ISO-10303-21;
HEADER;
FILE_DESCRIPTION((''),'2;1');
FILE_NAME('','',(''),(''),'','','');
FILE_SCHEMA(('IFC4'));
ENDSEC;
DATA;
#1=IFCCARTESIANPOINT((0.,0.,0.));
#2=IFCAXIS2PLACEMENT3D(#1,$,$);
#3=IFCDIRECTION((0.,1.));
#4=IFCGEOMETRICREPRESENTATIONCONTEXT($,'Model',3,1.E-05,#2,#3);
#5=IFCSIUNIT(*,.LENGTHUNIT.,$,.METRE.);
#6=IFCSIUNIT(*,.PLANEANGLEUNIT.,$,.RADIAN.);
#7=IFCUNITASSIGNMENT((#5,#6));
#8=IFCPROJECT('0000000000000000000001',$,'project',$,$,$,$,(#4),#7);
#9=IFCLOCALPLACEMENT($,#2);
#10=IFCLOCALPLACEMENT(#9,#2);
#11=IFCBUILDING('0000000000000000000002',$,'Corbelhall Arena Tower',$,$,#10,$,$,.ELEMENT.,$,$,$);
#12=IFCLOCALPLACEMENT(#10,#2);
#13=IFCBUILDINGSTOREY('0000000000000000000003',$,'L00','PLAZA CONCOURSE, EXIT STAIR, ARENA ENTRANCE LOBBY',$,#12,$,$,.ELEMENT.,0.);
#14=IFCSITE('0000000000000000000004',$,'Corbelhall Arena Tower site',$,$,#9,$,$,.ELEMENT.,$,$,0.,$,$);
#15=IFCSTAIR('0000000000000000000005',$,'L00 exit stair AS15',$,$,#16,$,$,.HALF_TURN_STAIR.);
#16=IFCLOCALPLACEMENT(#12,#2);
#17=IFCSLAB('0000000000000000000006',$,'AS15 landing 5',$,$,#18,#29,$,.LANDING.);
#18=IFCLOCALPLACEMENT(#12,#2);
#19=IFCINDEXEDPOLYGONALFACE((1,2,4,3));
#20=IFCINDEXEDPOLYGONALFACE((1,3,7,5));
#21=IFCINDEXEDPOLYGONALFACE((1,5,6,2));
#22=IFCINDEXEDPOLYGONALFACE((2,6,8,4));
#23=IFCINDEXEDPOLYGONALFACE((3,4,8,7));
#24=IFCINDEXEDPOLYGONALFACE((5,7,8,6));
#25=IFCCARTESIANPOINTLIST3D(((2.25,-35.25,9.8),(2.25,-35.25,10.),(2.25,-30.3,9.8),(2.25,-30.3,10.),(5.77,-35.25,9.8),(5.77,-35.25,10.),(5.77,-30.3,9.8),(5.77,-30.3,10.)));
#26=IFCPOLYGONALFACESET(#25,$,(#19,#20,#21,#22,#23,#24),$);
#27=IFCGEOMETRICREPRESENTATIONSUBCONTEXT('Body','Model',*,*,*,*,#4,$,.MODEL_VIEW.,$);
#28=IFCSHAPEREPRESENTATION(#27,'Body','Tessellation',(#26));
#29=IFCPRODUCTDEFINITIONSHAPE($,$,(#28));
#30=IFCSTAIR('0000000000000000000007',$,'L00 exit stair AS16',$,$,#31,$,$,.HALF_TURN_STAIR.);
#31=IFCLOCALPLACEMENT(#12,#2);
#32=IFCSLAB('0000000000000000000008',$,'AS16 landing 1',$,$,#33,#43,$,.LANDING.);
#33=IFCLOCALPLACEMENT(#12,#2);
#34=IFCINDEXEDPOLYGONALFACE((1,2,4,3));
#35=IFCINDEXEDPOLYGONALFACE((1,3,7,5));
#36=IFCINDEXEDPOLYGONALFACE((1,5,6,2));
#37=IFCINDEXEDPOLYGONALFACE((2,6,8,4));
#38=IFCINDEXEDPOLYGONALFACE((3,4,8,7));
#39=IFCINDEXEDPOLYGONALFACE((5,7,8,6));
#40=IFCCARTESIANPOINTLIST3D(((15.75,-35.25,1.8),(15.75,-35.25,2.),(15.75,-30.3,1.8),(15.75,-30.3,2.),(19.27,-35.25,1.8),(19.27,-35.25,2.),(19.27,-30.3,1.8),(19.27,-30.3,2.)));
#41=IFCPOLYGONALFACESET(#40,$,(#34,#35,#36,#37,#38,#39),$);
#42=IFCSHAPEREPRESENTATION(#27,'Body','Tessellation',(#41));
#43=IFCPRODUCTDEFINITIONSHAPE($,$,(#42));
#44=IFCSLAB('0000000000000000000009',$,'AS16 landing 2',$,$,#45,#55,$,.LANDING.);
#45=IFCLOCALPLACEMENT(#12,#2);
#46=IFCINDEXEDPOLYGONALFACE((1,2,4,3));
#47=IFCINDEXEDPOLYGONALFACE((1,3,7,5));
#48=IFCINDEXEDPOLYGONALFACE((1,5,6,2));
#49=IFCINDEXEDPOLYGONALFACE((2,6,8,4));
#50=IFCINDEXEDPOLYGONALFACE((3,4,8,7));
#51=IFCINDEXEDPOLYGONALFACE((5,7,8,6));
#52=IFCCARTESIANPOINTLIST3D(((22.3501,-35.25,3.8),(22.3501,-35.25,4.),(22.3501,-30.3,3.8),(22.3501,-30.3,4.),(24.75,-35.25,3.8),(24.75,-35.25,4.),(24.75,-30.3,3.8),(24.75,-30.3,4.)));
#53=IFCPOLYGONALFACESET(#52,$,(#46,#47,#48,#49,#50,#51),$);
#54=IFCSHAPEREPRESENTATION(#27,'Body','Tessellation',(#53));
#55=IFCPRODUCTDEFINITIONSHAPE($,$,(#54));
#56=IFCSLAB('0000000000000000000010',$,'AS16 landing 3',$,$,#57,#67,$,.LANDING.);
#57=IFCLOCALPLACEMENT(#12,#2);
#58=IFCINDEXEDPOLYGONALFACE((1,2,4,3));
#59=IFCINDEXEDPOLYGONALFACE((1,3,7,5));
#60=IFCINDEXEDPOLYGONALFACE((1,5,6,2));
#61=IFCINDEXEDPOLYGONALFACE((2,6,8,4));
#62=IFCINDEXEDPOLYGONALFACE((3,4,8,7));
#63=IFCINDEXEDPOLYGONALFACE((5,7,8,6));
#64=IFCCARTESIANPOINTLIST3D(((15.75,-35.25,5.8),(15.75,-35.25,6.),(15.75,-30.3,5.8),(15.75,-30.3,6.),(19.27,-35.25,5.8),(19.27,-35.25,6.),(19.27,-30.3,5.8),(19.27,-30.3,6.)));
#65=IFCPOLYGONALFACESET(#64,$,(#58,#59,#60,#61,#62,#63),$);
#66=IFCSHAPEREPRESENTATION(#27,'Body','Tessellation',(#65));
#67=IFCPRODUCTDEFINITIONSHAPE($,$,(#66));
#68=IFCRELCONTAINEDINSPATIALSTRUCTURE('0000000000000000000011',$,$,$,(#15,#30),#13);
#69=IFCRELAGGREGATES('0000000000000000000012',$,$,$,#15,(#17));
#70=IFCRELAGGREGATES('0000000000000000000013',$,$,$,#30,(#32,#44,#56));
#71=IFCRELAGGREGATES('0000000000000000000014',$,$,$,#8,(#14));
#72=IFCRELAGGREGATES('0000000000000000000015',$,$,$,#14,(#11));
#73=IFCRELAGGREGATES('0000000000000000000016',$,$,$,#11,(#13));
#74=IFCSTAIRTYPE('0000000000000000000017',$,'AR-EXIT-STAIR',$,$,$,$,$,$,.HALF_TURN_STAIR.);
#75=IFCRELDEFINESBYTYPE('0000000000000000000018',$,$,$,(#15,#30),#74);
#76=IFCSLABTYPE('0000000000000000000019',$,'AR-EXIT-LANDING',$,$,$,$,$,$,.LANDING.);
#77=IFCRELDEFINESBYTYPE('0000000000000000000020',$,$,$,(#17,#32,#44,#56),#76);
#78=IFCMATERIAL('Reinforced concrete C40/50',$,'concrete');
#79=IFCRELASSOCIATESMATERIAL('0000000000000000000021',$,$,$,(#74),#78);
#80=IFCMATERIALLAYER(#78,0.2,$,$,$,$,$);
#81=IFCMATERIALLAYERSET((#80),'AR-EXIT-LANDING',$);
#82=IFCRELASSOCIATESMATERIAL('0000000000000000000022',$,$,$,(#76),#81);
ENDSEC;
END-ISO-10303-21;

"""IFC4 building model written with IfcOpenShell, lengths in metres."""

from ifc_helpers import new_model, si_unit, direction, frame, origin, place, context, subcontext, project, spatial, polyline, outline, extrude, material, layer, layer_set, type_object, element, aggregate, save


model = new_model("IFC4")

# Units and contexts
model_context = context("Model", 3, precision=1e-05, world=origin(), true_north=direction((0.0, 1.0)))
body_context = subcontext(model_context, "Body", "Model", "MODEL_VIEW")
ifc_project = project(units=[si_unit("LENGTHUNIT", "METRE"), si_unit("PLANEANGLEUNIT", "RADIAN")], contexts=[model_context])

# Site, building, storey
site_placement = place(None, origin())
site = spatial("IfcSite", under=ifc_project, at=site_placement, Name="Corbelhall Arena Tower site", CompositionType="ELEMENT", RefElevation=0.0)
building_placement = place(site_placement, origin())
building = spatial("IfcBuilding", under=site, at=building_placement, Name="Corbelhall Arena Tower", CompositionType="ELEMENT")
storey_placement = place(building_placement, origin())
storey = spatial("IfcBuildingStorey", under=building, at=storey_placement, Name="L00", Description="PLAZA CONCOURSE, EXIT STAIR, ARENA ENTRANCE LOBBY", CompositionType="ELEMENT", Elevation=0.0)

# Stairs, slabs
ifc_material_1 = material(Name="Reinforced concrete C40/50", Category="concrete")
stair_type = type_object("IfcStairType", Name="AR-EXIT-STAIR", PredefinedType="HALF_TURN_STAIR", material=ifc_material_1)
ifc_layer = layer(ifc_material_1, 0.2)
ifc_layer_set = layer_set([ifc_layer], Name="AR-EXIT-LANDING")
slab_type = type_object("IfcSlabType", Name="AR-EXIT-LANDING", PredefinedType="LANDING", material=ifc_layer_set)
stair_1_placement = place(storey_placement, origin())
stair_1 = element("IfcStair", 1, at=stair_1_placement, inside=storey, type_object=stair_type, Name="L00 exit stair AS15", PredefinedType="HALF_TURN_STAIR")
slab_1_placement = place(storey_placement, frame((0.0, 0.0, 9.8)))
slab_1 = element("IfcSlab", 2, at=slab_1_placement, type_object=slab_type, Name="AS15 landing 5", PredefinedType="LANDING", context=body_context, shape_type="SweptSolid", body=[
    extrude(outline(polyline([(5.77, -30.3), (2.25, -30.3), (2.25, -35.25), (5.77, -35.25), (5.77, -30.3)])), origin(), (0.0, 0.0, 1.0), 0.2),
])
aggregate(stair_1, [slab_1])
stair_2_placement = place(storey_placement, origin())
stair_2 = element("IfcStair", 3, at=stair_2_placement, inside=storey, type_object=stair_type, Name="L00 exit stair AS16", PredefinedType="HALF_TURN_STAIR")
slab_2_placement = place(storey_placement, frame((0.0, 0.0, 1.8)))
slab_2 = element("IfcSlab", 4, at=slab_2_placement, type_object=slab_type, Name="AS16 landing 1", PredefinedType="LANDING", context=body_context, shape_type="SweptSolid", body=[
    extrude(outline(polyline([(19.27, -30.3), (15.75, -30.3), (15.75, -35.25), (19.27, -35.25), (19.27, -30.3)])), origin(), (0.0, 0.0, 1.0), 0.2),
])
slab_3_placement = place(storey_placement, frame((0.0, 0.0, 3.8)))
slab_3 = element("IfcSlab", 5, at=slab_3_placement, type_object=slab_type, Name="AS16 landing 2", PredefinedType="LANDING", context=body_context, shape_type="SweptSolid", body=[
    extrude(outline(polyline([(24.75, -30.3), (22.3501, -30.3), (22.3501, -35.25), (24.75, -35.25), (24.75, -30.3)])), origin(), (0.0, 0.0, 1.0), 0.2),
])
slab_4_placement = place(storey_placement, frame((0.0, 0.0, 5.8)))
slab_4 = element("IfcSlab", 6, at=slab_4_placement, type_object=slab_type, Name="AS16 landing 3", PredefinedType="LANDING", context=body_context, shape_type="SweptSolid", body=[
    extrude(outline(polyline([(19.27, -30.3), (15.75, -30.3), (15.75, -35.25), (19.27, -35.25), (19.27, -30.3)])), origin(), (0.0, 0.0, 1.0), 0.2),
])
aggregate(stair_2, [slab_2, slab_3, slab_4])

save(model, "model.ifc")
